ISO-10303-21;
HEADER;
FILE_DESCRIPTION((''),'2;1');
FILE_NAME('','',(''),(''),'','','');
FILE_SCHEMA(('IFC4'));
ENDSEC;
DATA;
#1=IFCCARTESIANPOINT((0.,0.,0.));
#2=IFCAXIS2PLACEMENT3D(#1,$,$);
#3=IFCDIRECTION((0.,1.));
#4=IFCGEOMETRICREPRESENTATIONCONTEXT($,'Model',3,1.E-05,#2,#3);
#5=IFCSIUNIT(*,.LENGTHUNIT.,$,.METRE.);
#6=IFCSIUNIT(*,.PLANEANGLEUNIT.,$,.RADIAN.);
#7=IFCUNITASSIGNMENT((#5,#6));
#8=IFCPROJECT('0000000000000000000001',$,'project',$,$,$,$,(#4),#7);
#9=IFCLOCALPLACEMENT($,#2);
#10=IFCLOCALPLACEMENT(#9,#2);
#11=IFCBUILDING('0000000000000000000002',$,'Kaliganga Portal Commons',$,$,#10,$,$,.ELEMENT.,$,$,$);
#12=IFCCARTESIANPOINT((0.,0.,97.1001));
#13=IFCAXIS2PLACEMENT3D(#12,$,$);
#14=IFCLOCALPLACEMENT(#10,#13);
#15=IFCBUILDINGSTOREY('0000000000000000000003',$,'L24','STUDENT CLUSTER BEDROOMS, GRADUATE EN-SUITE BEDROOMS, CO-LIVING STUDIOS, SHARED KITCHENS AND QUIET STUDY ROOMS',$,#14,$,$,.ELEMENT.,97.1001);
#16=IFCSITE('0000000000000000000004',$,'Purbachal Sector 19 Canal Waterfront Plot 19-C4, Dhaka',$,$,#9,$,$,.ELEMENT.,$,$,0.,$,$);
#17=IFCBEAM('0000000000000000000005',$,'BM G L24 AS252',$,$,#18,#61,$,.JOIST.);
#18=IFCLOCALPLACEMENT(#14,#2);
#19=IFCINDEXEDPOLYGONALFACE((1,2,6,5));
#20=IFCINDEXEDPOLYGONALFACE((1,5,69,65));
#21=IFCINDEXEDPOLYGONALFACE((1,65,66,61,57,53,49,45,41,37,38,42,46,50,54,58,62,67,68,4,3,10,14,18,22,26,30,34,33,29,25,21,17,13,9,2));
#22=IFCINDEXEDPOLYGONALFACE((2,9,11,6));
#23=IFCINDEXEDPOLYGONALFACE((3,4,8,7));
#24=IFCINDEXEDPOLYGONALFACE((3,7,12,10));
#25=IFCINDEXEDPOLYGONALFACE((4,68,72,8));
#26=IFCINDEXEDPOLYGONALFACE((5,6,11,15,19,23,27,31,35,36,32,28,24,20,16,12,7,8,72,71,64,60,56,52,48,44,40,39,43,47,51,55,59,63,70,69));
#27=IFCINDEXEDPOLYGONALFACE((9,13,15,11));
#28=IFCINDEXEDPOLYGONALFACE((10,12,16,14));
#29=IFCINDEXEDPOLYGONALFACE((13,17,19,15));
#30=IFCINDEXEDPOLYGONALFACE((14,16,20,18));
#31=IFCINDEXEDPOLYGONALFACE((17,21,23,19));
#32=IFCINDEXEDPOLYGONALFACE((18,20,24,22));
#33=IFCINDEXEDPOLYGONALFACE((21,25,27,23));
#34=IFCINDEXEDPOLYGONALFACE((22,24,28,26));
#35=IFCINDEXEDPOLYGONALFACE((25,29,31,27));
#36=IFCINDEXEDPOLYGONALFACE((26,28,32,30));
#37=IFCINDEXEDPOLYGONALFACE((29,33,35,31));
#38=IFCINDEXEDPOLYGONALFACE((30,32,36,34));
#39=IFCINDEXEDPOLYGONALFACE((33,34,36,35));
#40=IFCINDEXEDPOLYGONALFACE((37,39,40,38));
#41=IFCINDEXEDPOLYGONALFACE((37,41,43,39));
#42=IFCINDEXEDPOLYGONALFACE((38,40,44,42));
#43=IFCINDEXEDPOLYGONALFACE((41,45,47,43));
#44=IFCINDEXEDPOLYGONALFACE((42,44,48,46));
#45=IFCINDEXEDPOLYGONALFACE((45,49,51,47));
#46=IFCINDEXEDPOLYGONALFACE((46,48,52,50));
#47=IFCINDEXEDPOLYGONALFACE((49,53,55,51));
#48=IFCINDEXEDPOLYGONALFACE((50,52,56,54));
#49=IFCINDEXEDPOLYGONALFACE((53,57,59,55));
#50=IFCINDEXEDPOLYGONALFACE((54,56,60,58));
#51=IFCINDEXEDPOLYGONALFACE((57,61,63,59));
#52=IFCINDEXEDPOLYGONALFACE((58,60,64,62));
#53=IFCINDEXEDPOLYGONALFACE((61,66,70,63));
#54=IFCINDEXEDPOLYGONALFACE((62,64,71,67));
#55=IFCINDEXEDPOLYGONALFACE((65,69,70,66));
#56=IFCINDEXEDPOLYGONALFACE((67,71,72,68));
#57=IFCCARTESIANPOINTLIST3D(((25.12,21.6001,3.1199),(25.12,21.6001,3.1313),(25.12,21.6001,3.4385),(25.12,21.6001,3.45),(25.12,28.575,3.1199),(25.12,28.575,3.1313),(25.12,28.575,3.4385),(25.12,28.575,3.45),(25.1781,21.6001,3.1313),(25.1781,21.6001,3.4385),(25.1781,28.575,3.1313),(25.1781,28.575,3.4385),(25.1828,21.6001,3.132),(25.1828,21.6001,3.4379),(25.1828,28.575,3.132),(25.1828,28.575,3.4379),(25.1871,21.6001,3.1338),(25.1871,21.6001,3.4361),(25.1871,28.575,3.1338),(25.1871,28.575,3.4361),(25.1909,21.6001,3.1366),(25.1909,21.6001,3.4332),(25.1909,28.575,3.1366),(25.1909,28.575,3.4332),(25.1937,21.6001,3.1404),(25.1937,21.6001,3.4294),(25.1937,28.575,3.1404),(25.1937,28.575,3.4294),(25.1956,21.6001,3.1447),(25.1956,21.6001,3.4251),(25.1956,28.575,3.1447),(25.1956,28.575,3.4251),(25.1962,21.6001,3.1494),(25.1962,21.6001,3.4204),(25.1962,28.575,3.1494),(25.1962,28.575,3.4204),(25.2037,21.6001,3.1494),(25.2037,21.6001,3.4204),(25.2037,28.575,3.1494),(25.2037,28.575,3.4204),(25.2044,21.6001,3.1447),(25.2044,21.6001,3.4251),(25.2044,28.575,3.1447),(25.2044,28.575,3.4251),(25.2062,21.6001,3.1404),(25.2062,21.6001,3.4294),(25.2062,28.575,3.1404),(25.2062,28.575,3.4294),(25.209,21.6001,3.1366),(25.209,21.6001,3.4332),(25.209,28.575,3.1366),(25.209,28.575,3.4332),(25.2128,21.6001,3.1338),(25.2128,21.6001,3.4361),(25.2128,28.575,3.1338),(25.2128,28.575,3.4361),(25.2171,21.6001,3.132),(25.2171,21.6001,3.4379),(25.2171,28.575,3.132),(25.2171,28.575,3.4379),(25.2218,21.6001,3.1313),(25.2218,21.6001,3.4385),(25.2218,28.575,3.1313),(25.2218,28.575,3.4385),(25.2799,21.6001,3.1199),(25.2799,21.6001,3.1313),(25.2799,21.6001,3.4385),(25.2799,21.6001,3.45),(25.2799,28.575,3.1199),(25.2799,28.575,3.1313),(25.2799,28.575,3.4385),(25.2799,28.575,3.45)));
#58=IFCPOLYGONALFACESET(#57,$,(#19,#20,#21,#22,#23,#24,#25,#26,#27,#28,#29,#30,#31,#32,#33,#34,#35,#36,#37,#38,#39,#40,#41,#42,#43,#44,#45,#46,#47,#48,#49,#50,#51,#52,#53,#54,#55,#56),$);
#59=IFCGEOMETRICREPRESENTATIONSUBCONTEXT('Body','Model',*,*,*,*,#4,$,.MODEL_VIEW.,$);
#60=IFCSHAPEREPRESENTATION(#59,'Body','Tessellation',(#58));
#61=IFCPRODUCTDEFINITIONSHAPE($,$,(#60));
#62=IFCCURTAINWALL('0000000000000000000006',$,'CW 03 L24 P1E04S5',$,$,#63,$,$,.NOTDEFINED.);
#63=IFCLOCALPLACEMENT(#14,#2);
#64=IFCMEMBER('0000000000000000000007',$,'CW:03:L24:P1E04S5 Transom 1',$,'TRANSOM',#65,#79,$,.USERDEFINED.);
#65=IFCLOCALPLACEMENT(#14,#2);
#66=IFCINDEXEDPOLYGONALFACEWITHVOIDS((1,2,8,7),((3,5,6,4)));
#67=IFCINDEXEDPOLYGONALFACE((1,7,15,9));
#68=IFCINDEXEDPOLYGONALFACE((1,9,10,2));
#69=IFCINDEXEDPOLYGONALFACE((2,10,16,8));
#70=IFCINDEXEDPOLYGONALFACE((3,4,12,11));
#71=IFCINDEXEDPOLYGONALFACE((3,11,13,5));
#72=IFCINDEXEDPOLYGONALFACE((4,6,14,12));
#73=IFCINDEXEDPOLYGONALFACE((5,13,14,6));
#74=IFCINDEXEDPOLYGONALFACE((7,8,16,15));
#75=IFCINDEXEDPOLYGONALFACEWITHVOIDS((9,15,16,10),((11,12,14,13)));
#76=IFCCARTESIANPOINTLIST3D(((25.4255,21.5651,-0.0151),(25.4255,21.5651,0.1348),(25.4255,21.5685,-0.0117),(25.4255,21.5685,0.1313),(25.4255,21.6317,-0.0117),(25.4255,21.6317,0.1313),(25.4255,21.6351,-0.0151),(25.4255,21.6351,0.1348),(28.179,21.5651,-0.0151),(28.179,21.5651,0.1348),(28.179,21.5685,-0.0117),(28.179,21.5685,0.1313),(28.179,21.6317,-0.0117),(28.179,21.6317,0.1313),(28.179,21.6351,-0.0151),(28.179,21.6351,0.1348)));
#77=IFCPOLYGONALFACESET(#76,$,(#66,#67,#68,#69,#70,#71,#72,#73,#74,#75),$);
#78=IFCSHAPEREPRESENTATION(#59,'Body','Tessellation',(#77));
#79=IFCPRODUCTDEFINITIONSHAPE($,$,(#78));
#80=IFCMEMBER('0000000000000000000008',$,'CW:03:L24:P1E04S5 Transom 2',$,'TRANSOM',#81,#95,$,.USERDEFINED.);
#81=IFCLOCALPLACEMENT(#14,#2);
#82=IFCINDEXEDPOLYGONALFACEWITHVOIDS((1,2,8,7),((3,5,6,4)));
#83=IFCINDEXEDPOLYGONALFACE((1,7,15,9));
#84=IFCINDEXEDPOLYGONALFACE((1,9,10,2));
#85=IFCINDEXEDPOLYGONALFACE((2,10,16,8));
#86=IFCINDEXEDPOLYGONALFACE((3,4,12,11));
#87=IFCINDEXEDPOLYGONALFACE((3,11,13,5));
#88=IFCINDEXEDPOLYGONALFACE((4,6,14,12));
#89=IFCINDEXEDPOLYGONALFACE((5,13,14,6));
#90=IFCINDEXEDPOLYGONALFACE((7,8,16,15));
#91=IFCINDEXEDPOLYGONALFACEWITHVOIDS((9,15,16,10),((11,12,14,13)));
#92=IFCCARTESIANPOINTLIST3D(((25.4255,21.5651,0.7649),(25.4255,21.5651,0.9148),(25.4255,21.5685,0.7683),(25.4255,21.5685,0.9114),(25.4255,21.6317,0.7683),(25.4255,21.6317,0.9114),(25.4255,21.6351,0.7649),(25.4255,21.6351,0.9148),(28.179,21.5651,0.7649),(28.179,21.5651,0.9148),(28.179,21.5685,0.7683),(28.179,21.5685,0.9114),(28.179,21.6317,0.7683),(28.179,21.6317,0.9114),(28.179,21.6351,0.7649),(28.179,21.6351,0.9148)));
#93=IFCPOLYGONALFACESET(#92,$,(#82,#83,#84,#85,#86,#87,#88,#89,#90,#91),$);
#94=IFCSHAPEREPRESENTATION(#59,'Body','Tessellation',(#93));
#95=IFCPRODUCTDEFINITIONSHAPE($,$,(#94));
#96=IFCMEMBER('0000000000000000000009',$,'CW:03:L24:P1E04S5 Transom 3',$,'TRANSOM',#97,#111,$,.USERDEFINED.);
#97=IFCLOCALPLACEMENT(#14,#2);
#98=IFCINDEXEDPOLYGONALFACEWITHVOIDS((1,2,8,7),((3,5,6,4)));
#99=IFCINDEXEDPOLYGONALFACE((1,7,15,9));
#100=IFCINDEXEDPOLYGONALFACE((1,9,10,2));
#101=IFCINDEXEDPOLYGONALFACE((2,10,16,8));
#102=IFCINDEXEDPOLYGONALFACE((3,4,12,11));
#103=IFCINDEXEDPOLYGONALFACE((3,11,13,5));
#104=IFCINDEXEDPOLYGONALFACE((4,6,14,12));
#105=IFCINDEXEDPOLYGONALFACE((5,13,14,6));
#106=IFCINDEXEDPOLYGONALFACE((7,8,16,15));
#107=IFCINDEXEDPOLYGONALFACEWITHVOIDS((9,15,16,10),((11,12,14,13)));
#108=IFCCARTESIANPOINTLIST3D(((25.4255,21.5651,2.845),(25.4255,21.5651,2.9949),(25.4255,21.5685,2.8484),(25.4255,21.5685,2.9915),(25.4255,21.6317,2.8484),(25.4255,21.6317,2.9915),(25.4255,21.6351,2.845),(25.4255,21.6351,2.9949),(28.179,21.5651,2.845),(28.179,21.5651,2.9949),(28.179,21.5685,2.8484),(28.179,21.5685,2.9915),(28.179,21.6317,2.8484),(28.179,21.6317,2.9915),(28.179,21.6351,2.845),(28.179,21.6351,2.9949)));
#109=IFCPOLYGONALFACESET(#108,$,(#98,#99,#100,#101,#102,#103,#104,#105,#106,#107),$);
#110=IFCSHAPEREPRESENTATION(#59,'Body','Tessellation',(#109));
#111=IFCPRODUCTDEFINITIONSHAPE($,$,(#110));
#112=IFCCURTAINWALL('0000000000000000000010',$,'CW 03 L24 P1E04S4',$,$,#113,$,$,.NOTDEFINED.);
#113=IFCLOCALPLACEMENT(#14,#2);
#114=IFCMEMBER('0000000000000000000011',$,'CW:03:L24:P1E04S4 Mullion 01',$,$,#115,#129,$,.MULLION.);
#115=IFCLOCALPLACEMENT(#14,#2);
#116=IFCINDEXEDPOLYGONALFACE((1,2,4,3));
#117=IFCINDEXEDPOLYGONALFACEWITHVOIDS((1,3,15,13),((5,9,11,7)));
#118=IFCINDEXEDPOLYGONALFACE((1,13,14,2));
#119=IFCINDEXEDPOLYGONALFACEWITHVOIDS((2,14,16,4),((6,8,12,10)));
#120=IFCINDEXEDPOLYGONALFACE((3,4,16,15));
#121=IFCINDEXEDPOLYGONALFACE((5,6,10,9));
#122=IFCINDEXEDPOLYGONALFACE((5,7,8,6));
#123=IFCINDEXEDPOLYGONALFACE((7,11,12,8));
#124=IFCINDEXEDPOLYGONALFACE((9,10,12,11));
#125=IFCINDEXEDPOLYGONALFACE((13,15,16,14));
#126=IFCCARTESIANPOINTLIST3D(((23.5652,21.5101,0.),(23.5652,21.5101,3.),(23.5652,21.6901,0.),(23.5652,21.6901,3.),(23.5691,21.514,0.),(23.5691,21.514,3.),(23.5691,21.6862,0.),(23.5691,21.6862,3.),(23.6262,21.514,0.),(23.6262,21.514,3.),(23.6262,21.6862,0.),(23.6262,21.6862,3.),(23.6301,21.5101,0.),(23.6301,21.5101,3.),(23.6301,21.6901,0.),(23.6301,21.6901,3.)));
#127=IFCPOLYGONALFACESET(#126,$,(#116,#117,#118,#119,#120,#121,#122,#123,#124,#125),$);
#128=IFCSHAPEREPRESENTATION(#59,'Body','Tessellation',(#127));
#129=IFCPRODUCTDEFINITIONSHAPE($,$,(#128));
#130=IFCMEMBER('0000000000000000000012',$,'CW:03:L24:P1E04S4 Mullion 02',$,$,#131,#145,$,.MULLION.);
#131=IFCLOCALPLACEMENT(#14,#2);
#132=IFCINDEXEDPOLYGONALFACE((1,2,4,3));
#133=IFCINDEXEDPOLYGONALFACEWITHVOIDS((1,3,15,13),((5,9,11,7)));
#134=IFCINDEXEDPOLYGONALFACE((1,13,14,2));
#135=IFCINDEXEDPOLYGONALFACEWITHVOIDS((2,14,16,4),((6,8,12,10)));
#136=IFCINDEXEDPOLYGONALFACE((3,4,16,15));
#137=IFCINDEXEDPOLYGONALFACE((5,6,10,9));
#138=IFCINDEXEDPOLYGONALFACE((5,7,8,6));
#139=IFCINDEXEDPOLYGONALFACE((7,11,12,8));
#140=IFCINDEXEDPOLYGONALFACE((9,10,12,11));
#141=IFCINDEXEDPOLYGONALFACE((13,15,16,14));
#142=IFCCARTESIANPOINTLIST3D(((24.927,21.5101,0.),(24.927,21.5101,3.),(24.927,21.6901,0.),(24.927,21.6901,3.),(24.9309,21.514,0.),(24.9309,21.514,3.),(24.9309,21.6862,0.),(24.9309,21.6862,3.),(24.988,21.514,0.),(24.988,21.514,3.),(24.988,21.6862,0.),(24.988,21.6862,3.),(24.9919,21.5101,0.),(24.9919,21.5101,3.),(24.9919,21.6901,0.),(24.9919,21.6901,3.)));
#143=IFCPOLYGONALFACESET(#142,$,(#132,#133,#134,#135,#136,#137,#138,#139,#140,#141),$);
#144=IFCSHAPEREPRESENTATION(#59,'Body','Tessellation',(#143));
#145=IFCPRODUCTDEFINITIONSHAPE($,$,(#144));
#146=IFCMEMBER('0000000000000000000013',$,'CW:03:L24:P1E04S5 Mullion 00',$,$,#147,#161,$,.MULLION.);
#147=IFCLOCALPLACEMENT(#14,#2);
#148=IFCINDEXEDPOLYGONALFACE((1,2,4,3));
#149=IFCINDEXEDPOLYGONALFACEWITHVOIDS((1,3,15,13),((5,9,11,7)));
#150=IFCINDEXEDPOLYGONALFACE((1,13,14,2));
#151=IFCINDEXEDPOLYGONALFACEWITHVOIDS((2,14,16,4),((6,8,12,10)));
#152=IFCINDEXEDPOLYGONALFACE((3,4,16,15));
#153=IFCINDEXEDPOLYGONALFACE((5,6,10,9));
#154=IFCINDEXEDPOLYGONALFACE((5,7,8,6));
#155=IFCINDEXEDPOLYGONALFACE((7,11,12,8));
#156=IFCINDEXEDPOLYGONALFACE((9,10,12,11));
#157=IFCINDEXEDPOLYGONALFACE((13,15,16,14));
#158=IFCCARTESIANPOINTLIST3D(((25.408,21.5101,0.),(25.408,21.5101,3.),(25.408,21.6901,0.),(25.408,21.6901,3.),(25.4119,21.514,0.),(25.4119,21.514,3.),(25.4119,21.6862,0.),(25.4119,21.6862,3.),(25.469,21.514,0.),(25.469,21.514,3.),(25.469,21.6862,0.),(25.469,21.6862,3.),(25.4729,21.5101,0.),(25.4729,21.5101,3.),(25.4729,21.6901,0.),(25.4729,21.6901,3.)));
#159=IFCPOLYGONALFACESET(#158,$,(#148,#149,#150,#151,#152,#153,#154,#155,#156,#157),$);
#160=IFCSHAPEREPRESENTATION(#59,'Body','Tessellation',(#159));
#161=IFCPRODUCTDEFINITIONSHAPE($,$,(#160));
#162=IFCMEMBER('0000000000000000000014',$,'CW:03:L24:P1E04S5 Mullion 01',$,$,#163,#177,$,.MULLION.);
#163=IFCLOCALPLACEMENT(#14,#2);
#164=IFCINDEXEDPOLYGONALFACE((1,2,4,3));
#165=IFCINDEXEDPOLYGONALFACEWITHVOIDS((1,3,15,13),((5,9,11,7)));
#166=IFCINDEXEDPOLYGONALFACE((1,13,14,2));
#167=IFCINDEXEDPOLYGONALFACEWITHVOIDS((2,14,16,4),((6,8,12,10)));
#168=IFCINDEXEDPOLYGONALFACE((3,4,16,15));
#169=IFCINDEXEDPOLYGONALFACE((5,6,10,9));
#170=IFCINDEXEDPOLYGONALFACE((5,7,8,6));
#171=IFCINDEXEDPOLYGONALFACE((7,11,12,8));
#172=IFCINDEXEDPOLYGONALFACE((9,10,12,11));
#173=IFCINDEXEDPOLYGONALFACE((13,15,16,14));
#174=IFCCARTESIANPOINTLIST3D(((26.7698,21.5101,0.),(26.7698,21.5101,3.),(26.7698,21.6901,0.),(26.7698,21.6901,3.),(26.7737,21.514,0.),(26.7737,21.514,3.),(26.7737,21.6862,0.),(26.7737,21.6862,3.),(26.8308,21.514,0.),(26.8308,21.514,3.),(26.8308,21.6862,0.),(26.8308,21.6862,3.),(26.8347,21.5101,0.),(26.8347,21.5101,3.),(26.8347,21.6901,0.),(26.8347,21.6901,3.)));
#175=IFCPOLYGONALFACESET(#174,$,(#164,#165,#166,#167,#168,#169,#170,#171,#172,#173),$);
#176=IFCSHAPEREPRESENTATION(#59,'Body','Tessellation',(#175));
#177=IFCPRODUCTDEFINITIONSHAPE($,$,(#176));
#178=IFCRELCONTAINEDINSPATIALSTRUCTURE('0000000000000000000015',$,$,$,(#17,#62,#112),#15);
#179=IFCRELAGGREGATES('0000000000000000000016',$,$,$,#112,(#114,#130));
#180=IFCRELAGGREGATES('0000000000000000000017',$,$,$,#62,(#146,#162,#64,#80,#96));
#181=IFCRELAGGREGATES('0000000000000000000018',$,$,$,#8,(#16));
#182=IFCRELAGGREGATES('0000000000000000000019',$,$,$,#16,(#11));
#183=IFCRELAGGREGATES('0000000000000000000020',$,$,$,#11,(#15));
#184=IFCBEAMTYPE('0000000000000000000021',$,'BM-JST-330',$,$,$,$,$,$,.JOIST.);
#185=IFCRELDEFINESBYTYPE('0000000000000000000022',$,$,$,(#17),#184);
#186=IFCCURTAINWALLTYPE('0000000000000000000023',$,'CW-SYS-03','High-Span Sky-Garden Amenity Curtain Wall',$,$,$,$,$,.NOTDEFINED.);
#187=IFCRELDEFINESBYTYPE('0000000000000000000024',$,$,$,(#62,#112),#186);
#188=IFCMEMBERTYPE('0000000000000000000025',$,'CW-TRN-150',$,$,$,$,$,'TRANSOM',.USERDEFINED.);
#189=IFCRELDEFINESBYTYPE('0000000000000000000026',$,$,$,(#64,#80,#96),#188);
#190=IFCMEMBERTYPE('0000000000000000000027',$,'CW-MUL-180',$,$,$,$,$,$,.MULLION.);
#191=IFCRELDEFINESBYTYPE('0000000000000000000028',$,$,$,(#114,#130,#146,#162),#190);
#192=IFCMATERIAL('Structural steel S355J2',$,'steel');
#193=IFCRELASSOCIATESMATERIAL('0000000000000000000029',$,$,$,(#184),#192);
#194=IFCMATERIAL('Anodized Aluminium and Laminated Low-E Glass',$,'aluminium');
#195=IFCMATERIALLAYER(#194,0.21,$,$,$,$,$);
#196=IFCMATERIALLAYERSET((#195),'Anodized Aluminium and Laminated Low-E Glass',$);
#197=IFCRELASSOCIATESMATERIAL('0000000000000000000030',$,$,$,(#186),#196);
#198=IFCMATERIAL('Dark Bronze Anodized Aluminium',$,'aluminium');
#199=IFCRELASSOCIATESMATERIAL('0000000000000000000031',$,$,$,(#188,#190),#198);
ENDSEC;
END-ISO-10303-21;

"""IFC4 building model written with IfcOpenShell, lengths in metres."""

from ifc_helpers import new_model, si_unit, direction, frame, origin, origin_2d, place, context, subcontext, project, spatial, hollow_rectangle, i_section, extrude, source, transform, mapped, material, layer, layer_set, material_profile, profile_set, type_object, element, aggregate, save


model = new_model("IFC4")

# Units and contexts
model_context = context("Model", 3, precision=1e-05, world=origin(), true_north=direction((0.0, 1.0)))
body_context = subcontext(model_context, "Body", "Model", "MODEL_VIEW")
ifc_project = project(units=[si_unit("LENGTHUNIT", "METRE"), si_unit("PLANEANGLEUNIT", "RADIAN")], contexts=[model_context])

# Site, building, storey
site_placement = place(None, origin())
site = spatial("IfcSite", under=ifc_project, at=site_placement, Name="Purbachal Sector 19 Canal Waterfront Plot 19-C4, Dhaka", CompositionType="ELEMENT", RefElevation=0.0)
building_placement = place(site_placement, origin())
building = spatial("IfcBuilding", under=site, at=building_placement, Name="Kaliganga Portal Commons", CompositionType="ELEMENT")
storey_placement = place(building_placement, frame((0.0, 0.0, 97.1001)))
storey = spatial("IfcBuildingStorey", under=building, at=storey_placement, Name="L24", Description="STUDENT CLUSTER BEDROOMS, GRADUATE EN-SUITE BEDROOMS, CO-LIVING STUDIOS, SHARED KITCHENS AND QUIET STUDY ROOMS", CompositionType="ELEMENT", Elevation=97.1001)

# Beam
ifc_material_1 = material(Name="Structural steel S355J2", Category="steel")
ifc_material_profile_1 = material_profile(ifc_material_1, i_section(OverallWidth=0.1599, OverallDepth=0.3301, WebThickness=0.0076, FlangeThickness=0.0115, FilletRadius=0.0181, at=origin_2d()), Name="IPE 330")
ifc_profile_set_1 = profile_set([ifc_material_profile_1], Name="Structural steel S355J2 wide-flange")
beam_type_1 = type_object("IfcBeamType", Name="BM-JST-330", PredefinedType="JOIST", material=ifc_profile_set_1)
shared_shape_1 = source(origin(), body_context, "Body", "SweptSolid", [
    extrude(i_section(OverallWidth=0.1599, OverallDepth=0.3301, WebThickness=0.0076, FlangeThickness=0.0115, FilletRadius=0.0181, at=origin_2d()), origin(), (0.0, 0.0, 1.0), 6.9749),
])
beam_1_placement = place(storey_placement, frame((25.2, 21.6001, 3.2849), z_axis=(0.0, 1.0, 0.0), x_axis=(-1.0, 0.0, 0.0)))
element("IfcBeam", 1, at=beam_1_placement, inside=storey, type_object=beam_type_1, Name="BM G L24 AS252", PredefinedType="JOIST", context=body_context, shape_type="MappedRepresentation", body=[
    mapped(shared_shape_1, transform((0.0, 0.0, 0.0), x_axis=(1.0, 0.0, 0.0), y_axis=(0.0, 1.0, 0.0), z_axis=(0.0, 0.0, 1.0), scale=1.0)),
])

# Curtain walls, members
ifc_material_2 = material(Name="Anodized Aluminium and Laminated Low-E Glass", Category="aluminium")
ifc_layer_1 = layer(ifc_material_2, 0.21)
ifc_layer_set_1 = layer_set([ifc_layer_1], Name="Anodized Aluminium and Laminated Low-E Glass")
curtain_wall_type = type_object("IfcCurtainWallType", Name="CW-SYS-03", Description="High-Span Sky-Garden Amenity Curtain Wall", PredefinedType="NOTDEFINED", material=ifc_layer_set_1)
curtain_wall_1_placement = place(storey_placement, origin())
curtain_wall_1 = element("IfcCurtainWall", 2, at=curtain_wall_1_placement, inside=storey, type_object=curtain_wall_type, Name="CW 03 L24 P1E04S5", PredefinedType="NOTDEFINED")
ifc_material_3 = material(Name="Dark Bronze Anodized Aluminium", Category="aluminium")
ifc_material_profile_2 = material_profile(ifc_material_3, hollow_rectangle(XDim=0.0701, YDim=0.1499, WallThickness=0.0034, at=origin_2d()), Name="ALU TRAN 70x150x3.5")
ifc_profile_set_2 = profile_set([ifc_material_profile_2], Name="Dark Bronze Anodized Aluminium")
member_type_1 = type_object("IfcMemberType", Name="CW-TRN-150", ElementType="TRANSOM", PredefinedType="USERDEFINED", material=ifc_profile_set_2)
shared_shape_2 = source(origin(), body_context, "Body", "SweptSolid", [
    extrude(hollow_rectangle(XDim=0.0701, YDim=0.1499, WallThickness=0.0034, at=origin_2d()), origin(), (0.0, 0.0, 1.0), 2.7534),
])
member_1_placement = place(storey_placement, frame((25.4255, 21.6001, 0.0598), z_axis=(1.0, 0.0, 0.0), x_axis=(0.0, 1.0, 0.0)))
member_1 = element("IfcMember", 3, at=member_1_placement, type_object=member_type_1, Name="CW:03:L24:P1E04S5 Transom 1", ObjectType="TRANSOM", PredefinedType="USERDEFINED", context=body_context, shape_type="MappedRepresentation", body=[
    mapped(shared_shape_2, transform((0.0, 0.0, 0.0), x_axis=(1.0, 0.0, 0.0), y_axis=(0.0, 1.0, 0.0), z_axis=(0.0, 0.0, 1.0), scale=1.0)),
])
member_2_placement = place(storey_placement, frame((25.4255, 21.6001, 0.8398), z_axis=(1.0, 0.0, 0.0), x_axis=(0.0, 1.0, 0.0)))
member_2 = element("IfcMember", 4, at=member_2_placement, type_object=member_type_1, Name="CW:03:L24:P1E04S5 Transom 2", ObjectType="TRANSOM", PredefinedType="USERDEFINED", context=body_context, shape_type="MappedRepresentation", body=[
    mapped(shared_shape_2, transform((0.0, 0.0, 0.0), x_axis=(1.0, 0.0, 0.0), y_axis=(0.0, 1.0, 0.0), z_axis=(0.0, 0.0, 1.0), scale=1.0)),
])
member_3_placement = place(storey_placement, frame((25.4255, 21.6001, 2.9199), z_axis=(1.0, 0.0, 0.0), x_axis=(0.0, 1.0, 0.0)))
member_3 = element("IfcMember", 5, at=member_3_placement, type_object=member_type_1, Name="CW:03:L24:P1E04S5 Transom 3", ObjectType="TRANSOM", PredefinedType="USERDEFINED", context=body_context, shape_type="MappedRepresentation", body=[
    mapped(shared_shape_2, transform((0.0, 0.0, 0.0), x_axis=(1.0, 0.0, 0.0), y_axis=(0.0, 1.0, 0.0), z_axis=(0.0, 0.0, 1.0), scale=1.0)),
])
curtain_wall_2_placement = place(storey_placement, origin())
curtain_wall_2 = element("IfcCurtainWall", 6, at=curtain_wall_2_placement, inside=storey, type_object=curtain_wall_type, Name="CW 03 L24 P1E04S4", PredefinedType="NOTDEFINED")
ifc_material_profile_3 = material_profile(ifc_material_3, hollow_rectangle(XDim=0.0649, YDim=0.1799, WallThickness=0.0039, at=origin_2d()), Name="ALU MULL 65x180x4")
ifc_profile_set_3 = profile_set([ifc_material_profile_3], Name="Dark Bronze Anodized Aluminium")
member_type_2 = type_object("IfcMemberType", Name="CW-MUL-180", PredefinedType="MULLION", material=ifc_profile_set_3)
shared_shape_3 = source(origin(), body_context, "Body", "SweptSolid", [
    extrude(hollow_rectangle(XDim=0.0649, YDim=0.1799, WallThickness=0.0039, at=origin_2d()), origin(), (0.0, 0.0, 1.0), 3.0),
])
member_4_placement = place(storey_placement, frame((23.5977, 21.6001, 0.0), z_axis=(0.0, 0.0, 1.0), x_axis=(1.0, 0.0, 0.0)))
member_4 = element("IfcMember", 7, at=member_4_placement, type_object=member_type_2, Name="CW:03:L24:P1E04S4 Mullion 01", PredefinedType="MULLION", context=body_context, shape_type="MappedRepresentation", body=[
    mapped(shared_shape_3, transform((0.0, 0.0, 0.0), x_axis=(1.0, 0.0, 0.0), y_axis=(0.0, 1.0, 0.0), z_axis=(0.0, 0.0, 1.0), scale=1.0)),
])
member_5_placement = place(storey_placement, frame((24.9595, 21.6001, 0.0), z_axis=(0.0, 0.0, 1.0), x_axis=(1.0, 0.0, 0.0)))
member_5 = element("IfcMember", 8, at=member_5_placement, type_object=member_type_2, Name="CW:03:L24:P1E04S4 Mullion 02", PredefinedType="MULLION", context=body_context, shape_type="MappedRepresentation", body=[
    mapped(shared_shape_3, transform((0.0, 0.0, 0.0), x_axis=(1.0, 0.0, 0.0), y_axis=(0.0, 1.0, 0.0), z_axis=(0.0, 0.0, 1.0), scale=1.0)),
])

# Members
member_6_placement = place(storey_placement, frame((25.4404, 21.6001, 0.0), z_axis=(0.0, 0.0, 1.0), x_axis=(1.0, 0.0, 0.0)))
member_6 = element("IfcMember", 9, at=member_6_placement, type_object=member_type_2, Name="CW:03:L24:P1E04S5 Mullion 00", PredefinedType="MULLION", context=body_context, shape_type="MappedRepresentation", body=[
    mapped(shared_shape_3, transform((0.0, 0.0, 0.0), x_axis=(1.0, 0.0, 0.0), y_axis=(0.0, 1.0, 0.0), z_axis=(0.0, 0.0, 1.0), scale=1.0)),
])
member_7_placement = place(storey_placement, frame((26.8022, 21.6001, 0.0), z_axis=(0.0, 0.0, 1.0), x_axis=(1.0, 0.0, 0.0)))
member_7 = element("IfcMember", 10, at=member_7_placement, type_object=member_type_2, Name="CW:03:L24:P1E04S5 Mullion 01", PredefinedType="MULLION", context=body_context, shape_type="MappedRepresentation", body=[
    mapped(shared_shape_3, transform((0.0, 0.0, 0.0), x_axis=(1.0, 0.0, 0.0), y_axis=(0.0, 1.0, 0.0), z_axis=(0.0, 0.0, 1.0), scale=1.0)),
])

aggregate(curtain_wall_2, [member_4, member_5])
aggregate(curtain_wall_1, [member_6, member_7, member_1, member_2, member_3])

save(model, "model.ifc")
